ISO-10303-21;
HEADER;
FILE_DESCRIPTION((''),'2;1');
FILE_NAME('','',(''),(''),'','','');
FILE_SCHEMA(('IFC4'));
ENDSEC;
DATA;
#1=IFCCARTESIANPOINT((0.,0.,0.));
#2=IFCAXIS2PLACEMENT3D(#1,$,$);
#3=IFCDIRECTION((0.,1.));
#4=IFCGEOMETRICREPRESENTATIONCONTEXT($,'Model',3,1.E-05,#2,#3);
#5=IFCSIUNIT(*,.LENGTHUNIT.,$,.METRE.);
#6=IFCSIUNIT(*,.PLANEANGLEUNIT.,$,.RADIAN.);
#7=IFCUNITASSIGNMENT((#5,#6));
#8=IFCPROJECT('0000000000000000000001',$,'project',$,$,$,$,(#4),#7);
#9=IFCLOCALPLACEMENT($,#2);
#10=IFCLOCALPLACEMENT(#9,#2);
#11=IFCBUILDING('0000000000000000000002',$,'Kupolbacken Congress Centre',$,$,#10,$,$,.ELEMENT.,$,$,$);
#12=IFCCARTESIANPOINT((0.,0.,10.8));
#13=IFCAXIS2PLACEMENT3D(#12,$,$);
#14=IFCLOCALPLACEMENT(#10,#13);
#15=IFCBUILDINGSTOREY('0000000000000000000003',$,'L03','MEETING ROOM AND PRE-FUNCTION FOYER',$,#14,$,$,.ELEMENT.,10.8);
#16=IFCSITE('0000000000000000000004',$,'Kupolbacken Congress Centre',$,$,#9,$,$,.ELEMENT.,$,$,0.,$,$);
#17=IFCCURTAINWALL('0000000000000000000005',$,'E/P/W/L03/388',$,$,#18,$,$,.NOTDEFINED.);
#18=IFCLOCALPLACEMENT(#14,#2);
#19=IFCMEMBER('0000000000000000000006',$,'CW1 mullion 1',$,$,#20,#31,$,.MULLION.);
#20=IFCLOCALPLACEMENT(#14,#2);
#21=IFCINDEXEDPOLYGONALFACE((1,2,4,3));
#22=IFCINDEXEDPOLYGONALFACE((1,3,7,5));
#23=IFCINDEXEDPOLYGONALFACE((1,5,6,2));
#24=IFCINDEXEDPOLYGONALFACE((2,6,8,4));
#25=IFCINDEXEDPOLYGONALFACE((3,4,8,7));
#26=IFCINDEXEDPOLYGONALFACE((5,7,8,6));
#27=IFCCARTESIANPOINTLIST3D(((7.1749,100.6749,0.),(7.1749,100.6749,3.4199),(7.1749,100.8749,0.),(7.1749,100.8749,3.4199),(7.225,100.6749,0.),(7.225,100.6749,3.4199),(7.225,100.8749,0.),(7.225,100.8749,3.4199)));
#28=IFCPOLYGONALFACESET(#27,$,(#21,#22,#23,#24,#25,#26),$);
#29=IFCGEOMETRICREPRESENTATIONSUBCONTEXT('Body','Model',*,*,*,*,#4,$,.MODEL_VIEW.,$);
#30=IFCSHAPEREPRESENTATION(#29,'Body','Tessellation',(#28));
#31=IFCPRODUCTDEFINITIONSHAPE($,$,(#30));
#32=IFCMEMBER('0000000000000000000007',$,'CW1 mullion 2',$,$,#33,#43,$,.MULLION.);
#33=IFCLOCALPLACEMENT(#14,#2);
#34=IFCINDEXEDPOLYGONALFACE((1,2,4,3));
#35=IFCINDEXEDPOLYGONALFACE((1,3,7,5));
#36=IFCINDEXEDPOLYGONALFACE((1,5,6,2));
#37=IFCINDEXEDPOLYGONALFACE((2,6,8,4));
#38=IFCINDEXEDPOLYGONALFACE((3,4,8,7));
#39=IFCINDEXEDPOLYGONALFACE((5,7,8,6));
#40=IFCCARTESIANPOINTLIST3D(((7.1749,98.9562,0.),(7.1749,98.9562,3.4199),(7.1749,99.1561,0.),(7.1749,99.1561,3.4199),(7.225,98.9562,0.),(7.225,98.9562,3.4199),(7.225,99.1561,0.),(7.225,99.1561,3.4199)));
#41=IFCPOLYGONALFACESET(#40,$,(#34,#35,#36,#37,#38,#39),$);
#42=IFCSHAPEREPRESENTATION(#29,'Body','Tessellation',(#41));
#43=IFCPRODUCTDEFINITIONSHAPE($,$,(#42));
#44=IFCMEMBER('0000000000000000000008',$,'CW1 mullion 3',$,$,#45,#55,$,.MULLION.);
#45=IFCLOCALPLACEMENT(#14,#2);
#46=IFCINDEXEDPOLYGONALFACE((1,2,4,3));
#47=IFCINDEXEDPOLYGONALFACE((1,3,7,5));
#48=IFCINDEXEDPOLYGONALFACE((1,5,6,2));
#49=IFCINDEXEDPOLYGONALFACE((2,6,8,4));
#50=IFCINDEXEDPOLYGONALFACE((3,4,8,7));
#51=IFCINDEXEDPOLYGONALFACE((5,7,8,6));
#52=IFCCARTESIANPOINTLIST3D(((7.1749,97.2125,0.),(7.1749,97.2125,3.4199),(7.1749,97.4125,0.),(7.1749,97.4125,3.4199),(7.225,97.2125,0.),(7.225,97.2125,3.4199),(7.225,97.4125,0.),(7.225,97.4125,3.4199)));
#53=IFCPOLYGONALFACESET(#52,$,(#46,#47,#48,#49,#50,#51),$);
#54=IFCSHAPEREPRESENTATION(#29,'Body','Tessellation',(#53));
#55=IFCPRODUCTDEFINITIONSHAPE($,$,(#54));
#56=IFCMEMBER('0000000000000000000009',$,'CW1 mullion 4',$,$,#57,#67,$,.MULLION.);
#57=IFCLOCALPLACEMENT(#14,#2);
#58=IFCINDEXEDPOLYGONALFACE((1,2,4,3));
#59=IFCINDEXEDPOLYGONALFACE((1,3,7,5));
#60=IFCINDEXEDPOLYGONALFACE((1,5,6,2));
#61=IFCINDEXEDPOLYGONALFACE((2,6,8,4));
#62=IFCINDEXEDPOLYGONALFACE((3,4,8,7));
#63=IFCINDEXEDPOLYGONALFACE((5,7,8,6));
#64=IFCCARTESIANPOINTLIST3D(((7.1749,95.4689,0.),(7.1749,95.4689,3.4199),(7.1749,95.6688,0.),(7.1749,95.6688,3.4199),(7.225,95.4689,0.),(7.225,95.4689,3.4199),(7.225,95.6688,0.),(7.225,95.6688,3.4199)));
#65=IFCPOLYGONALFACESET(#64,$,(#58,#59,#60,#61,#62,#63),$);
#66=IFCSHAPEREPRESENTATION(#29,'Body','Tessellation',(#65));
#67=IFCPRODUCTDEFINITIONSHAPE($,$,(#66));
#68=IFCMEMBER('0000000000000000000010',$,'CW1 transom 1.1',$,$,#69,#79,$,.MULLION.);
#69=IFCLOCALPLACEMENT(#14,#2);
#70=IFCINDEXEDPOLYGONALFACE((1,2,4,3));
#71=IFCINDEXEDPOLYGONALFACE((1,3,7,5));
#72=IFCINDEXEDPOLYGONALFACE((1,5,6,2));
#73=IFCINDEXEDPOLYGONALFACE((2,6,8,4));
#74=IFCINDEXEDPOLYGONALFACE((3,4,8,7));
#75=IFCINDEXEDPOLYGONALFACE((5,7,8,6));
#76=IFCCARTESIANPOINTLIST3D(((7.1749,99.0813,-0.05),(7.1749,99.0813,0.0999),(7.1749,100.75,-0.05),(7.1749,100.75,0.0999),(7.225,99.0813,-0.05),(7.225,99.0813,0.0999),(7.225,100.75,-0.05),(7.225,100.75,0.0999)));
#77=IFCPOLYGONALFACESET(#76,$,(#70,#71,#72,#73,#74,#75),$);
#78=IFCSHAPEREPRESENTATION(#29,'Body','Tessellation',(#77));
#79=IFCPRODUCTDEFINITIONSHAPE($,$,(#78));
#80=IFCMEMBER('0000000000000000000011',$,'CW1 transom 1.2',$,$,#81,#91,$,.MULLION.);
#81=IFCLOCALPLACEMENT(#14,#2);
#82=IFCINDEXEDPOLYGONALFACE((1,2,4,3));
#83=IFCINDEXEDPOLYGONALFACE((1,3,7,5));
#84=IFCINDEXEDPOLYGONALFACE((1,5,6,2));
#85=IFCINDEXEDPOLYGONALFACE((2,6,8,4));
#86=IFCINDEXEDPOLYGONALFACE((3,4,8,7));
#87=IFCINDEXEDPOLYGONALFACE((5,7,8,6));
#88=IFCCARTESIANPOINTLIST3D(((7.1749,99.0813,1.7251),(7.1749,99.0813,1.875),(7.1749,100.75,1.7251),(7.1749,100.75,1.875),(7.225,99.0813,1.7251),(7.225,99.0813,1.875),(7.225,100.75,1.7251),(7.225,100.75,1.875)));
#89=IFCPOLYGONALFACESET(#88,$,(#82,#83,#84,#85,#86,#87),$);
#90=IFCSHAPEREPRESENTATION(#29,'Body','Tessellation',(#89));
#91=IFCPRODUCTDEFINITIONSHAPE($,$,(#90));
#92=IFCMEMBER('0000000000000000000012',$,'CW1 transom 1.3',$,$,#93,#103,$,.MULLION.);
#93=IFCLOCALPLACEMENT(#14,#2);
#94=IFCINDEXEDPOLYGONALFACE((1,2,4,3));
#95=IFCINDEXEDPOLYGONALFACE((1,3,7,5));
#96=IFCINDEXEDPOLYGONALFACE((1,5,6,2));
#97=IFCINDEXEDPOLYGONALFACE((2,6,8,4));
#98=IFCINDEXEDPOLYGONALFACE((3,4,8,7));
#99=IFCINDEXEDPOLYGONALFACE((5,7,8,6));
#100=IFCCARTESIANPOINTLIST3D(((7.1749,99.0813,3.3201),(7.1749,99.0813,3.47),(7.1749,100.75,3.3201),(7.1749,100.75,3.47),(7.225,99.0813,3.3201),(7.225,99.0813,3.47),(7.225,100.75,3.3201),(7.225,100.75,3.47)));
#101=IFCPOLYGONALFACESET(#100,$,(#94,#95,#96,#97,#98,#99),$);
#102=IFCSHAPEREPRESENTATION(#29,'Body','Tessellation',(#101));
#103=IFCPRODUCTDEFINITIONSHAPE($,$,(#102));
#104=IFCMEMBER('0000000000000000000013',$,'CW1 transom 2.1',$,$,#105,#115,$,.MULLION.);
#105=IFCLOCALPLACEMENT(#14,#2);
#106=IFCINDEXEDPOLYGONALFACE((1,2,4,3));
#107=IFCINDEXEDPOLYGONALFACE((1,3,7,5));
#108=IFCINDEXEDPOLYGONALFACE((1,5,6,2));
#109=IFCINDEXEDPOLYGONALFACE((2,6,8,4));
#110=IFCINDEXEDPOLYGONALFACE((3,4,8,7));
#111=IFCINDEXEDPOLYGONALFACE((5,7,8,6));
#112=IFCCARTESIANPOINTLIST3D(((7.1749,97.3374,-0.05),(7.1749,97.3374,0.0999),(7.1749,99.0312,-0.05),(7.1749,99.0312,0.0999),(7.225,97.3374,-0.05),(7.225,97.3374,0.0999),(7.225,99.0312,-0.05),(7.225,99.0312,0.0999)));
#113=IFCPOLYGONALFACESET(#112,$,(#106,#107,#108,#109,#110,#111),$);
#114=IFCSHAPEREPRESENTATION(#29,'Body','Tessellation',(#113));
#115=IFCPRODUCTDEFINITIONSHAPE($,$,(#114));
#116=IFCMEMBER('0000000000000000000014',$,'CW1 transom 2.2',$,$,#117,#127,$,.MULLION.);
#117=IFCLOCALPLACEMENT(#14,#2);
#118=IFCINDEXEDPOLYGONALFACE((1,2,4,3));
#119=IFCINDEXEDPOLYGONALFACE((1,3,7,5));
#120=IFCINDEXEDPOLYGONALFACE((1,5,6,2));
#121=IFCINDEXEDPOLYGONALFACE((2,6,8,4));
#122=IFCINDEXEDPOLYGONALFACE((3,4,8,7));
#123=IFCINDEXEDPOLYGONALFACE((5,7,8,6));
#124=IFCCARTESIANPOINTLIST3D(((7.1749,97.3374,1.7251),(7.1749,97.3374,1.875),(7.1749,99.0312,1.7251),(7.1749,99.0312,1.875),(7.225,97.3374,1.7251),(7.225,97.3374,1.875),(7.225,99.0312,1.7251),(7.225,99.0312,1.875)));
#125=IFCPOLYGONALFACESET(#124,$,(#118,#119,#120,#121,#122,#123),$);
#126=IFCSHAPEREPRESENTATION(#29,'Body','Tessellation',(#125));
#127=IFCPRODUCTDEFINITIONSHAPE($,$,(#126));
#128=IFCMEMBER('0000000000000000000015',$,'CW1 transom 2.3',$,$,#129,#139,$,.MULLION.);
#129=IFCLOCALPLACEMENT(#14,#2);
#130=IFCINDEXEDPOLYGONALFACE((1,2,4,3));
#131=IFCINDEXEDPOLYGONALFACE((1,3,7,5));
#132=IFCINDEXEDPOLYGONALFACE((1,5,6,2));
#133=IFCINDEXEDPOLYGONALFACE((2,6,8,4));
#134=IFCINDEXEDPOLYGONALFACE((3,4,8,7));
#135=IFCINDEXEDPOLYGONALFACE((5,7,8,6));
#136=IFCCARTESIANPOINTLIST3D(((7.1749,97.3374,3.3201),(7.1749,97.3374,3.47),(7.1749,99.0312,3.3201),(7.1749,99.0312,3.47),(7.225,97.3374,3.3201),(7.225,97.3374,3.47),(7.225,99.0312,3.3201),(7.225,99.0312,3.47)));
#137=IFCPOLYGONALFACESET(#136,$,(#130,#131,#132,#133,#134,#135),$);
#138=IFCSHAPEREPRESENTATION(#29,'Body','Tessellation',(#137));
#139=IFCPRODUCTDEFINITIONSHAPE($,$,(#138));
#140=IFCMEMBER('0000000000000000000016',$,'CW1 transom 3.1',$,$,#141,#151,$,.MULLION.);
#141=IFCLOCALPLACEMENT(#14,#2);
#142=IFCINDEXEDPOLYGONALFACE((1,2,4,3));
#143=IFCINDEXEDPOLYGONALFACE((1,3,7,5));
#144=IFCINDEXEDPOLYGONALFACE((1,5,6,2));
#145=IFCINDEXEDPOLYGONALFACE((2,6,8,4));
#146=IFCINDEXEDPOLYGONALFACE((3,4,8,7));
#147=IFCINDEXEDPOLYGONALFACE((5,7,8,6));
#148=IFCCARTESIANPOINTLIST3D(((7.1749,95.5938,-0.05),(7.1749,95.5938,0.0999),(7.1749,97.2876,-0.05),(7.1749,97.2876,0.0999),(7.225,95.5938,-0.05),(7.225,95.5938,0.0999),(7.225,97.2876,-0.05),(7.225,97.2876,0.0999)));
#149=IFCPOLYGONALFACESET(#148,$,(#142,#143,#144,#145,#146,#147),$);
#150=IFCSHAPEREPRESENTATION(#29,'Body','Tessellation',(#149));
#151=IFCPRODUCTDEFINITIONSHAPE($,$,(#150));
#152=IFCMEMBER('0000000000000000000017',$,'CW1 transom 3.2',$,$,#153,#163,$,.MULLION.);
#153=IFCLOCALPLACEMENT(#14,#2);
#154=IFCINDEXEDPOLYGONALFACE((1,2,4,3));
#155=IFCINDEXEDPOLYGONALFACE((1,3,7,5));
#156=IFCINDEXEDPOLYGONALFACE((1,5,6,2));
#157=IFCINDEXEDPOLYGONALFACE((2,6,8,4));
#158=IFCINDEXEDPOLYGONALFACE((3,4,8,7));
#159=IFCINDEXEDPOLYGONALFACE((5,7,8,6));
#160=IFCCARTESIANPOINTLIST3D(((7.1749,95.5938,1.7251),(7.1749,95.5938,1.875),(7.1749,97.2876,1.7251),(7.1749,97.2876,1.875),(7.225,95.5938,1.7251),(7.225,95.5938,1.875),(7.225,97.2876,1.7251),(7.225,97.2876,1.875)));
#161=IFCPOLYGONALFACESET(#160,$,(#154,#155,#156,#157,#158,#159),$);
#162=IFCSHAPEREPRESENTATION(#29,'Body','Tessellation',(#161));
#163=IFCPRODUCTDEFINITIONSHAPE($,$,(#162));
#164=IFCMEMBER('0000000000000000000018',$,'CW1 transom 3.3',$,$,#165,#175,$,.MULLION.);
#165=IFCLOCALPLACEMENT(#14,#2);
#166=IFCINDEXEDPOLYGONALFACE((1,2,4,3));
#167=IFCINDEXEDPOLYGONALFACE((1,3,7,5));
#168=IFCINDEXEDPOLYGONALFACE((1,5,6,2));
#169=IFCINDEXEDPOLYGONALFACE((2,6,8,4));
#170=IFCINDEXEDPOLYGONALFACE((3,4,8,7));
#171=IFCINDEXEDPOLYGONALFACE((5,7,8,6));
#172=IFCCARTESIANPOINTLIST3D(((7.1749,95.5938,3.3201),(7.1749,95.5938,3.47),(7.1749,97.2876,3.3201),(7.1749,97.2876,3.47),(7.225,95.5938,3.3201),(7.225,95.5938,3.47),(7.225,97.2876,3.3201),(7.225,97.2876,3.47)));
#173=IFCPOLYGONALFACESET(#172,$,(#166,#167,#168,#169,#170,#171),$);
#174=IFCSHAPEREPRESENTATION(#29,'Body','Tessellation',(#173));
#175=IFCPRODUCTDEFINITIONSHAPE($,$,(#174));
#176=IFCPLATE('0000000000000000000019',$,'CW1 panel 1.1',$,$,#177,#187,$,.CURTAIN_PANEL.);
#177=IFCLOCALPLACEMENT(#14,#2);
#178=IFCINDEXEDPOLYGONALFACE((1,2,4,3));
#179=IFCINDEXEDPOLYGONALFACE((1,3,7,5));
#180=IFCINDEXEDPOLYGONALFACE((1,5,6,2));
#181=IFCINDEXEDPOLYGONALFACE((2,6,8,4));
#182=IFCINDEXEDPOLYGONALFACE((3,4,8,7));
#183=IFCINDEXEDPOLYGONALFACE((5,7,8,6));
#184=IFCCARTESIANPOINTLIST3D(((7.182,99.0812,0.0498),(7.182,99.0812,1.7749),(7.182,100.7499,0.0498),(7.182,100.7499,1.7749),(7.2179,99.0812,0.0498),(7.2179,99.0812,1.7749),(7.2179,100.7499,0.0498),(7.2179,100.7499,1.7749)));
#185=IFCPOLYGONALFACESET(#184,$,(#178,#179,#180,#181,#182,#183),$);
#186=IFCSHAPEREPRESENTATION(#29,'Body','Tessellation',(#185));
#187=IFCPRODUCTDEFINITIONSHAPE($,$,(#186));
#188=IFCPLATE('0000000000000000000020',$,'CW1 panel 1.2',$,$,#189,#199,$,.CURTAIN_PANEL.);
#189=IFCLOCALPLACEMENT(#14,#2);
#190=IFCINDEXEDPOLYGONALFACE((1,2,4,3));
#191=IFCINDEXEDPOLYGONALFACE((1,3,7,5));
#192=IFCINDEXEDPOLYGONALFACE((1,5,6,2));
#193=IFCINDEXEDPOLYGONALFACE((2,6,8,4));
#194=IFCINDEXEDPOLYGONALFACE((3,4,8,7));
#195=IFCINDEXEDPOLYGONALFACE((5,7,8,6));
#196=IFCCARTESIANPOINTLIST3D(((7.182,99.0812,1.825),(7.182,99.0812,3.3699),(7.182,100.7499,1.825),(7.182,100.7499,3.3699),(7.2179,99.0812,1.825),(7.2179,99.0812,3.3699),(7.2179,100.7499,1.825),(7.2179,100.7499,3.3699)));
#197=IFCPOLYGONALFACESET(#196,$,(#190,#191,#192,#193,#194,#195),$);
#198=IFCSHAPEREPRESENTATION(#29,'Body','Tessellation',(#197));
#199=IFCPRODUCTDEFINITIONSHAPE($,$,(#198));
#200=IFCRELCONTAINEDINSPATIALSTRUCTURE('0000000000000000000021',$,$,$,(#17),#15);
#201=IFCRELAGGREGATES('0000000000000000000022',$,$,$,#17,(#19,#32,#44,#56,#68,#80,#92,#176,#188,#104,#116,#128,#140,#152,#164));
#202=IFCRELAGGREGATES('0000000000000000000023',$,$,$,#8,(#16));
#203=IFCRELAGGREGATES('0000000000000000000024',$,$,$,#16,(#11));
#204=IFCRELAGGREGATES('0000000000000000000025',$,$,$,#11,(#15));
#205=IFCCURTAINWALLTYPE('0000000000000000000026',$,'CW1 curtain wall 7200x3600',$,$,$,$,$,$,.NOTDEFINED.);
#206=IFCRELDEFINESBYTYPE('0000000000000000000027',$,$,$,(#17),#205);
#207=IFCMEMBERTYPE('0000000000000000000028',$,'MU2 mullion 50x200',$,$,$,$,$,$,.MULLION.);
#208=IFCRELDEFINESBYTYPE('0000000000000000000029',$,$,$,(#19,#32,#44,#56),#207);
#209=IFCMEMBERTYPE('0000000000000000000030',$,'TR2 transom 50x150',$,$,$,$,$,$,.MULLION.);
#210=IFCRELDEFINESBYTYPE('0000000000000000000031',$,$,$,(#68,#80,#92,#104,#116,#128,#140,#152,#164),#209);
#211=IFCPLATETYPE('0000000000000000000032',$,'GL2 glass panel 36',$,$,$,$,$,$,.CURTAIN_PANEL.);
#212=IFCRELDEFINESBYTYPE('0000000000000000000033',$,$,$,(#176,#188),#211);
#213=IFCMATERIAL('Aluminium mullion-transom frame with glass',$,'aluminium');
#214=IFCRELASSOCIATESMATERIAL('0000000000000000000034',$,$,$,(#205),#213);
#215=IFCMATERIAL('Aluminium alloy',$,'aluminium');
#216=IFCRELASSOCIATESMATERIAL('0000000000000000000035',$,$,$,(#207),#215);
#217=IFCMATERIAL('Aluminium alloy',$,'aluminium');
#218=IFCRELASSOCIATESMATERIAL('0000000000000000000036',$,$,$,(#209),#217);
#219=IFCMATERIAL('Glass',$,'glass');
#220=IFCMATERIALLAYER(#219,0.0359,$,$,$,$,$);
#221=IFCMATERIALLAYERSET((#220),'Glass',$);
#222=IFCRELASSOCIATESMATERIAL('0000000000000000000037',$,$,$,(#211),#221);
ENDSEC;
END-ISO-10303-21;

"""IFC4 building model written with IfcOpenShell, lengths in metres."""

from ifc_helpers import new_model, si_unit, direction, frame, origin, origin_2d, place, context, subcontext, project, spatial, rectangle, extrude, material, layer, layer_set, material_profile, profile_set, type_object, element, aggregate, save


model = new_model("IFC4")

# Units and contexts
model_context = context("Model", 3, precision=1e-05, world=origin(), true_north=direction((0.0, 1.0)))
body_context = subcontext(model_context, "Body", "Model", "MODEL_VIEW")
ifc_project = project(units=[si_unit("LENGTHUNIT", "METRE"), si_unit("PLANEANGLEUNIT", "RADIAN")], contexts=[model_context])

# Site, building, storey
site_placement = place(None, origin())
site = spatial("IfcSite", under=ifc_project, at=site_placement, Name="Kupolbacken Congress Centre", CompositionType="ELEMENT", RefElevation=0.0)
building_placement = place(site_placement, origin())
building = spatial("IfcBuilding", under=site, at=building_placement, Name="Kupolbacken Congress Centre", CompositionType="ELEMENT")
storey_placement = place(building_placement, frame((0.0, 0.0, 10.8)))
storey = spatial("IfcBuildingStorey", under=building, at=storey_placement, Name="L03", Description="MEETING ROOM AND PRE-FUNCTION FOYER", CompositionType="ELEMENT", Elevation=10.8)

# Curtain wall, members, plates
ifc_material_1 = material(Name="Aluminium mullion-transom frame with glass", Category="aluminium")
curtain_wall_type = type_object("IfcCurtainWallType", Name="CW1 curtain wall 7200x3600", PredefinedType="NOTDEFINED", material=ifc_material_1)
curtain_wall_placement = place(storey_placement, origin())
curtain_wall = element("IfcCurtainWall", 1, at=curtain_wall_placement, inside=storey, type_object=curtain_wall_type, Name="E/P/W/L03/388", PredefinedType="NOTDEFINED")
ifc_material_2 = material(Name="Aluminium alloy", Category="aluminium")
ifc_material_profile_1 = material_profile(ifc_material_2, rectangle(XDim=0.05, YDim=0.2, at=origin_2d()), Name="50 x 200")
ifc_profile_set_1 = profile_set([ifc_material_profile_1], Name="Aluminium alloy")
member_type_1 = type_object("IfcMemberType", Name="MU2 mullion 50x200", PredefinedType="MULLION", material=ifc_profile_set_1)
member_1_placement = place(storey_placement, frame((7.2, 100.7749, 0.0), z_axis=(0.0, 0.0, 1.0), x_axis=(1.0, 0.0, 0.0)))
member_1 = element("IfcMember", 2, at=member_1_placement, type_object=member_type_1, Name="CW1 mullion 1", PredefinedType="MULLION", context=body_context, shape_type="SweptSolid", body=[
    extrude(rectangle(XDim=0.05, YDim=0.2, at=origin_2d()), origin(), (0.0, 0.0, 1.0), 3.4199),
])
member_2_placement = place(storey_placement, frame((7.2, 99.0562, 0.0), z_axis=(0.0, 0.0, 1.0), x_axis=(1.0, 0.0, 0.0)))
member_2 = element("IfcMember", 3, at=member_2_placement, type_object=member_type_1, Name="CW1 mullion 2", PredefinedType="MULLION", context=body_context, shape_type="SweptSolid", body=[
    extrude(rectangle(XDim=0.05, YDim=0.2, at=origin_2d()), origin(), (0.0, 0.0, 1.0), 3.4199),
])
member_3_placement = place(storey_placement, frame((7.2, 97.3125, 0.0), z_axis=(0.0, 0.0, 1.0), x_axis=(1.0, 0.0, 0.0)))
member_3 = element("IfcMember", 4, at=member_3_placement, type_object=member_type_1, Name="CW1 mullion 3", PredefinedType="MULLION", context=body_context, shape_type="SweptSolid", body=[
    extrude(rectangle(XDim=0.05, YDim=0.2, at=origin_2d()), origin(), (0.0, 0.0, 1.0), 3.4199),
])
member_4_placement = place(storey_placement, frame((7.2, 95.5688, 0.0), z_axis=(0.0, 0.0, 1.0), x_axis=(1.0, 0.0, 0.0)))
member_4 = element("IfcMember", 5, at=member_4_placement, type_object=member_type_1, Name="CW1 mullion 4", PredefinedType="MULLION", context=body_context, shape_type="SweptSolid", body=[
    extrude(rectangle(XDim=0.05, YDim=0.2, at=origin_2d()), origin(), (0.0, 0.0, 1.0), 3.4199),
])
ifc_material_3 = material(Name="Aluminium alloy", Category="aluminium")
ifc_material_profile_2 = material_profile(ifc_material_3, rectangle(XDim=0.05, YDim=0.1499, at=origin_2d()), Name="50 x 150")
ifc_profile_set_2 = profile_set([ifc_material_profile_2], Name="Aluminium alloy")
member_type_2 = type_object("IfcMemberType", Name="TR2 transom 50x150", PredefinedType="MULLION", material=ifc_profile_set_2)
member_5_placement = place(storey_placement, frame((7.2, 100.75, 0.0249), z_axis=(0.0, -1.0, 0.0), x_axis=(1.0, 0.0, 0.0)))
member_5 = element("IfcMember", 6, at=member_5_placement, type_object=member_type_2, Name="CW1 transom 1.1", PredefinedType="MULLION", context=body_context, shape_type="SweptSolid", body=[
    extrude(rectangle(XDim=0.05, YDim=0.1499, at=origin_2d()), origin(), (0.0, 0.0, 1.0), 1.6687),
])
member_6_placement = place(storey_placement, frame((7.2, 100.75, 1.8), z_axis=(0.0, -1.0, 0.0), x_axis=(1.0, 0.0, 0.0)))
member_6 = element("IfcMember", 7, at=member_6_placement, type_object=member_type_2, Name="CW1 transom 1.2", PredefinedType="MULLION", context=body_context, shape_type="SweptSolid", body=[
    extrude(rectangle(XDim=0.05, YDim=0.1499, at=origin_2d()), origin(), (0.0, 0.0, 1.0), 1.6687),
])
member_7_placement = place(storey_placement, frame((7.2, 100.75, 3.395), z_axis=(0.0, -1.0, 0.0), x_axis=(1.0, 0.0, 0.0)))
member_7 = element("IfcMember", 8, at=member_7_placement, type_object=member_type_2, Name="CW1 transom 1.3", PredefinedType="MULLION", context=body_context, shape_type="SweptSolid", body=[
    extrude(rectangle(XDim=0.05, YDim=0.1499, at=origin_2d()), origin(), (0.0, 0.0, 1.0), 1.6687),
])
member_8_placement = place(storey_placement, frame((7.2, 99.0312, 0.0249), z_axis=(0.0, -1.0, 0.0), x_axis=(1.0, 0.0, 0.0)))
member_8 = element("IfcMember", 9, at=member_8_placement, type_object=member_type_2, Name="CW1 transom 2.1", PredefinedType="MULLION", context=body_context, shape_type="SweptSolid", body=[
    extrude(rectangle(XDim=0.05, YDim=0.1499, at=origin_2d()), origin(), (0.0, 0.0, 1.0), 1.6938),
])
member_9_placement = place(storey_placement, frame((7.2, 99.0312, 1.8), z_axis=(0.0, -1.0, 0.0), x_axis=(1.0, 0.0, 0.0)))
member_9 = element("IfcMember", 10, at=member_9_placement, type_object=member_type_2, Name="CW1 transom 2.2", PredefinedType="MULLION", context=body_context, shape_type="SweptSolid", body=[
    extrude(rectangle(XDim=0.05, YDim=0.1499, at=origin_2d()), origin(), (0.0, 0.0, 1.0), 1.6938),
])
member_10_placement = place(storey_placement, frame((7.2, 99.0312, 3.395), z_axis=(0.0, -1.0, 0.0), x_axis=(1.0, 0.0, 0.0)))
member_10 = element("IfcMember", 11, at=member_10_placement, type_object=member_type_2, Name="CW1 transom 2.3", PredefinedType="MULLION", context=body_context, shape_type="SweptSolid", body=[
    extrude(rectangle(XDim=0.05, YDim=0.1499, at=origin_2d()), origin(), (0.0, 0.0, 1.0), 1.6938),
])
member_11_placement = place(storey_placement, frame((7.2, 97.2876, 0.0249), z_axis=(0.0, -1.0, 0.0), x_axis=(1.0, 0.0, 0.0)))
member_11 = element("IfcMember", 12, at=member_11_placement, type_object=member_type_2, Name="CW1 transom 3.1", PredefinedType="MULLION", context=body_context, shape_type="SweptSolid", body=[
    extrude(rectangle(XDim=0.05, YDim=0.1499, at=origin_2d()), origin(), (0.0, 0.0, 1.0), 1.6938),
])
member_12_placement = place(storey_placement, frame((7.2, 97.2876, 1.8), z_axis=(0.0, -1.0, 0.0), x_axis=(1.0, 0.0, 0.0)))
member_12 = element("IfcMember", 13, at=member_12_placement, type_object=member_type_2, Name="CW1 transom 3.2", PredefinedType="MULLION", context=body_context, shape_type="SweptSolid", body=[
    extrude(rectangle(XDim=0.05, YDim=0.1499, at=origin_2d()), origin(), (0.0, 0.0, 1.0), 1.6938),
])
member_13_placement = place(storey_placement, frame((7.2, 97.2876, 3.395), z_axis=(0.0, -1.0, 0.0), x_axis=(1.0, 0.0, 0.0)))
member_13 = element("IfcMember", 14, at=member_13_placement, type_object=member_type_2, Name="CW1 transom 3.3", PredefinedType="MULLION", context=body_context, shape_type="SweptSolid", body=[
    extrude(rectangle(XDim=0.05, YDim=0.1499, at=origin_2d()), origin(), (0.0, 0.0, 1.0), 1.6938),
])
ifc_material_4 = material(Name="Glass", Category="glass")
ifc_layer_1 = layer(ifc_material_4, 0.0359)
ifc_layer_set_1 = layer_set([ifc_layer_1], Name="Glass")
plate_type = type_object("IfcPlateType", Name="GL2 glass panel 36", PredefinedType="CURTAIN_PANEL", material=ifc_layer_set_1)
plate_1_placement = place(storey_placement, frame((7.2, 99.9155, 0.0498), z_axis=(0.0, 0.0, 1.0), x_axis=(0.0, -1.0, 0.0)))
plate_1 = element("IfcPlate", 15, at=plate_1_placement, type_object=plate_type, Name="CW1 panel 1.1", PredefinedType="CURTAIN_PANEL", context=body_context, shape_type="SweptSolid", body=[
    extrude(rectangle(XDim=1.6687, YDim=0.0359, at=origin_2d()), origin(), (0.0, 0.0, 1.0), 1.7251),
])
plate_2_placement = place(storey_placement, frame((7.2, 99.9155, 1.825), z_axis=(0.0, 0.0, 1.0), x_axis=(0.0, -1.0, 0.0)))
plate_2 = element("IfcPlate", 16, at=plate_2_placement, type_object=plate_type, Name="CW1 panel 1.2", PredefinedType="CURTAIN_PANEL", context=body_context, shape_type="SweptSolid", body=[
    extrude(rectangle(XDim=1.6687, YDim=0.0359, at=origin_2d()), origin(), (0.0, 0.0, 1.0), 1.5449),
])
aggregate(curtain_wall, [member_1, member_2, member_3, member_4, member_5, member_6, member_7, plate_1, plate_2, member_8, member_9, member_10, member_11, member_12, member_13])

save(model, "model.ifc")
